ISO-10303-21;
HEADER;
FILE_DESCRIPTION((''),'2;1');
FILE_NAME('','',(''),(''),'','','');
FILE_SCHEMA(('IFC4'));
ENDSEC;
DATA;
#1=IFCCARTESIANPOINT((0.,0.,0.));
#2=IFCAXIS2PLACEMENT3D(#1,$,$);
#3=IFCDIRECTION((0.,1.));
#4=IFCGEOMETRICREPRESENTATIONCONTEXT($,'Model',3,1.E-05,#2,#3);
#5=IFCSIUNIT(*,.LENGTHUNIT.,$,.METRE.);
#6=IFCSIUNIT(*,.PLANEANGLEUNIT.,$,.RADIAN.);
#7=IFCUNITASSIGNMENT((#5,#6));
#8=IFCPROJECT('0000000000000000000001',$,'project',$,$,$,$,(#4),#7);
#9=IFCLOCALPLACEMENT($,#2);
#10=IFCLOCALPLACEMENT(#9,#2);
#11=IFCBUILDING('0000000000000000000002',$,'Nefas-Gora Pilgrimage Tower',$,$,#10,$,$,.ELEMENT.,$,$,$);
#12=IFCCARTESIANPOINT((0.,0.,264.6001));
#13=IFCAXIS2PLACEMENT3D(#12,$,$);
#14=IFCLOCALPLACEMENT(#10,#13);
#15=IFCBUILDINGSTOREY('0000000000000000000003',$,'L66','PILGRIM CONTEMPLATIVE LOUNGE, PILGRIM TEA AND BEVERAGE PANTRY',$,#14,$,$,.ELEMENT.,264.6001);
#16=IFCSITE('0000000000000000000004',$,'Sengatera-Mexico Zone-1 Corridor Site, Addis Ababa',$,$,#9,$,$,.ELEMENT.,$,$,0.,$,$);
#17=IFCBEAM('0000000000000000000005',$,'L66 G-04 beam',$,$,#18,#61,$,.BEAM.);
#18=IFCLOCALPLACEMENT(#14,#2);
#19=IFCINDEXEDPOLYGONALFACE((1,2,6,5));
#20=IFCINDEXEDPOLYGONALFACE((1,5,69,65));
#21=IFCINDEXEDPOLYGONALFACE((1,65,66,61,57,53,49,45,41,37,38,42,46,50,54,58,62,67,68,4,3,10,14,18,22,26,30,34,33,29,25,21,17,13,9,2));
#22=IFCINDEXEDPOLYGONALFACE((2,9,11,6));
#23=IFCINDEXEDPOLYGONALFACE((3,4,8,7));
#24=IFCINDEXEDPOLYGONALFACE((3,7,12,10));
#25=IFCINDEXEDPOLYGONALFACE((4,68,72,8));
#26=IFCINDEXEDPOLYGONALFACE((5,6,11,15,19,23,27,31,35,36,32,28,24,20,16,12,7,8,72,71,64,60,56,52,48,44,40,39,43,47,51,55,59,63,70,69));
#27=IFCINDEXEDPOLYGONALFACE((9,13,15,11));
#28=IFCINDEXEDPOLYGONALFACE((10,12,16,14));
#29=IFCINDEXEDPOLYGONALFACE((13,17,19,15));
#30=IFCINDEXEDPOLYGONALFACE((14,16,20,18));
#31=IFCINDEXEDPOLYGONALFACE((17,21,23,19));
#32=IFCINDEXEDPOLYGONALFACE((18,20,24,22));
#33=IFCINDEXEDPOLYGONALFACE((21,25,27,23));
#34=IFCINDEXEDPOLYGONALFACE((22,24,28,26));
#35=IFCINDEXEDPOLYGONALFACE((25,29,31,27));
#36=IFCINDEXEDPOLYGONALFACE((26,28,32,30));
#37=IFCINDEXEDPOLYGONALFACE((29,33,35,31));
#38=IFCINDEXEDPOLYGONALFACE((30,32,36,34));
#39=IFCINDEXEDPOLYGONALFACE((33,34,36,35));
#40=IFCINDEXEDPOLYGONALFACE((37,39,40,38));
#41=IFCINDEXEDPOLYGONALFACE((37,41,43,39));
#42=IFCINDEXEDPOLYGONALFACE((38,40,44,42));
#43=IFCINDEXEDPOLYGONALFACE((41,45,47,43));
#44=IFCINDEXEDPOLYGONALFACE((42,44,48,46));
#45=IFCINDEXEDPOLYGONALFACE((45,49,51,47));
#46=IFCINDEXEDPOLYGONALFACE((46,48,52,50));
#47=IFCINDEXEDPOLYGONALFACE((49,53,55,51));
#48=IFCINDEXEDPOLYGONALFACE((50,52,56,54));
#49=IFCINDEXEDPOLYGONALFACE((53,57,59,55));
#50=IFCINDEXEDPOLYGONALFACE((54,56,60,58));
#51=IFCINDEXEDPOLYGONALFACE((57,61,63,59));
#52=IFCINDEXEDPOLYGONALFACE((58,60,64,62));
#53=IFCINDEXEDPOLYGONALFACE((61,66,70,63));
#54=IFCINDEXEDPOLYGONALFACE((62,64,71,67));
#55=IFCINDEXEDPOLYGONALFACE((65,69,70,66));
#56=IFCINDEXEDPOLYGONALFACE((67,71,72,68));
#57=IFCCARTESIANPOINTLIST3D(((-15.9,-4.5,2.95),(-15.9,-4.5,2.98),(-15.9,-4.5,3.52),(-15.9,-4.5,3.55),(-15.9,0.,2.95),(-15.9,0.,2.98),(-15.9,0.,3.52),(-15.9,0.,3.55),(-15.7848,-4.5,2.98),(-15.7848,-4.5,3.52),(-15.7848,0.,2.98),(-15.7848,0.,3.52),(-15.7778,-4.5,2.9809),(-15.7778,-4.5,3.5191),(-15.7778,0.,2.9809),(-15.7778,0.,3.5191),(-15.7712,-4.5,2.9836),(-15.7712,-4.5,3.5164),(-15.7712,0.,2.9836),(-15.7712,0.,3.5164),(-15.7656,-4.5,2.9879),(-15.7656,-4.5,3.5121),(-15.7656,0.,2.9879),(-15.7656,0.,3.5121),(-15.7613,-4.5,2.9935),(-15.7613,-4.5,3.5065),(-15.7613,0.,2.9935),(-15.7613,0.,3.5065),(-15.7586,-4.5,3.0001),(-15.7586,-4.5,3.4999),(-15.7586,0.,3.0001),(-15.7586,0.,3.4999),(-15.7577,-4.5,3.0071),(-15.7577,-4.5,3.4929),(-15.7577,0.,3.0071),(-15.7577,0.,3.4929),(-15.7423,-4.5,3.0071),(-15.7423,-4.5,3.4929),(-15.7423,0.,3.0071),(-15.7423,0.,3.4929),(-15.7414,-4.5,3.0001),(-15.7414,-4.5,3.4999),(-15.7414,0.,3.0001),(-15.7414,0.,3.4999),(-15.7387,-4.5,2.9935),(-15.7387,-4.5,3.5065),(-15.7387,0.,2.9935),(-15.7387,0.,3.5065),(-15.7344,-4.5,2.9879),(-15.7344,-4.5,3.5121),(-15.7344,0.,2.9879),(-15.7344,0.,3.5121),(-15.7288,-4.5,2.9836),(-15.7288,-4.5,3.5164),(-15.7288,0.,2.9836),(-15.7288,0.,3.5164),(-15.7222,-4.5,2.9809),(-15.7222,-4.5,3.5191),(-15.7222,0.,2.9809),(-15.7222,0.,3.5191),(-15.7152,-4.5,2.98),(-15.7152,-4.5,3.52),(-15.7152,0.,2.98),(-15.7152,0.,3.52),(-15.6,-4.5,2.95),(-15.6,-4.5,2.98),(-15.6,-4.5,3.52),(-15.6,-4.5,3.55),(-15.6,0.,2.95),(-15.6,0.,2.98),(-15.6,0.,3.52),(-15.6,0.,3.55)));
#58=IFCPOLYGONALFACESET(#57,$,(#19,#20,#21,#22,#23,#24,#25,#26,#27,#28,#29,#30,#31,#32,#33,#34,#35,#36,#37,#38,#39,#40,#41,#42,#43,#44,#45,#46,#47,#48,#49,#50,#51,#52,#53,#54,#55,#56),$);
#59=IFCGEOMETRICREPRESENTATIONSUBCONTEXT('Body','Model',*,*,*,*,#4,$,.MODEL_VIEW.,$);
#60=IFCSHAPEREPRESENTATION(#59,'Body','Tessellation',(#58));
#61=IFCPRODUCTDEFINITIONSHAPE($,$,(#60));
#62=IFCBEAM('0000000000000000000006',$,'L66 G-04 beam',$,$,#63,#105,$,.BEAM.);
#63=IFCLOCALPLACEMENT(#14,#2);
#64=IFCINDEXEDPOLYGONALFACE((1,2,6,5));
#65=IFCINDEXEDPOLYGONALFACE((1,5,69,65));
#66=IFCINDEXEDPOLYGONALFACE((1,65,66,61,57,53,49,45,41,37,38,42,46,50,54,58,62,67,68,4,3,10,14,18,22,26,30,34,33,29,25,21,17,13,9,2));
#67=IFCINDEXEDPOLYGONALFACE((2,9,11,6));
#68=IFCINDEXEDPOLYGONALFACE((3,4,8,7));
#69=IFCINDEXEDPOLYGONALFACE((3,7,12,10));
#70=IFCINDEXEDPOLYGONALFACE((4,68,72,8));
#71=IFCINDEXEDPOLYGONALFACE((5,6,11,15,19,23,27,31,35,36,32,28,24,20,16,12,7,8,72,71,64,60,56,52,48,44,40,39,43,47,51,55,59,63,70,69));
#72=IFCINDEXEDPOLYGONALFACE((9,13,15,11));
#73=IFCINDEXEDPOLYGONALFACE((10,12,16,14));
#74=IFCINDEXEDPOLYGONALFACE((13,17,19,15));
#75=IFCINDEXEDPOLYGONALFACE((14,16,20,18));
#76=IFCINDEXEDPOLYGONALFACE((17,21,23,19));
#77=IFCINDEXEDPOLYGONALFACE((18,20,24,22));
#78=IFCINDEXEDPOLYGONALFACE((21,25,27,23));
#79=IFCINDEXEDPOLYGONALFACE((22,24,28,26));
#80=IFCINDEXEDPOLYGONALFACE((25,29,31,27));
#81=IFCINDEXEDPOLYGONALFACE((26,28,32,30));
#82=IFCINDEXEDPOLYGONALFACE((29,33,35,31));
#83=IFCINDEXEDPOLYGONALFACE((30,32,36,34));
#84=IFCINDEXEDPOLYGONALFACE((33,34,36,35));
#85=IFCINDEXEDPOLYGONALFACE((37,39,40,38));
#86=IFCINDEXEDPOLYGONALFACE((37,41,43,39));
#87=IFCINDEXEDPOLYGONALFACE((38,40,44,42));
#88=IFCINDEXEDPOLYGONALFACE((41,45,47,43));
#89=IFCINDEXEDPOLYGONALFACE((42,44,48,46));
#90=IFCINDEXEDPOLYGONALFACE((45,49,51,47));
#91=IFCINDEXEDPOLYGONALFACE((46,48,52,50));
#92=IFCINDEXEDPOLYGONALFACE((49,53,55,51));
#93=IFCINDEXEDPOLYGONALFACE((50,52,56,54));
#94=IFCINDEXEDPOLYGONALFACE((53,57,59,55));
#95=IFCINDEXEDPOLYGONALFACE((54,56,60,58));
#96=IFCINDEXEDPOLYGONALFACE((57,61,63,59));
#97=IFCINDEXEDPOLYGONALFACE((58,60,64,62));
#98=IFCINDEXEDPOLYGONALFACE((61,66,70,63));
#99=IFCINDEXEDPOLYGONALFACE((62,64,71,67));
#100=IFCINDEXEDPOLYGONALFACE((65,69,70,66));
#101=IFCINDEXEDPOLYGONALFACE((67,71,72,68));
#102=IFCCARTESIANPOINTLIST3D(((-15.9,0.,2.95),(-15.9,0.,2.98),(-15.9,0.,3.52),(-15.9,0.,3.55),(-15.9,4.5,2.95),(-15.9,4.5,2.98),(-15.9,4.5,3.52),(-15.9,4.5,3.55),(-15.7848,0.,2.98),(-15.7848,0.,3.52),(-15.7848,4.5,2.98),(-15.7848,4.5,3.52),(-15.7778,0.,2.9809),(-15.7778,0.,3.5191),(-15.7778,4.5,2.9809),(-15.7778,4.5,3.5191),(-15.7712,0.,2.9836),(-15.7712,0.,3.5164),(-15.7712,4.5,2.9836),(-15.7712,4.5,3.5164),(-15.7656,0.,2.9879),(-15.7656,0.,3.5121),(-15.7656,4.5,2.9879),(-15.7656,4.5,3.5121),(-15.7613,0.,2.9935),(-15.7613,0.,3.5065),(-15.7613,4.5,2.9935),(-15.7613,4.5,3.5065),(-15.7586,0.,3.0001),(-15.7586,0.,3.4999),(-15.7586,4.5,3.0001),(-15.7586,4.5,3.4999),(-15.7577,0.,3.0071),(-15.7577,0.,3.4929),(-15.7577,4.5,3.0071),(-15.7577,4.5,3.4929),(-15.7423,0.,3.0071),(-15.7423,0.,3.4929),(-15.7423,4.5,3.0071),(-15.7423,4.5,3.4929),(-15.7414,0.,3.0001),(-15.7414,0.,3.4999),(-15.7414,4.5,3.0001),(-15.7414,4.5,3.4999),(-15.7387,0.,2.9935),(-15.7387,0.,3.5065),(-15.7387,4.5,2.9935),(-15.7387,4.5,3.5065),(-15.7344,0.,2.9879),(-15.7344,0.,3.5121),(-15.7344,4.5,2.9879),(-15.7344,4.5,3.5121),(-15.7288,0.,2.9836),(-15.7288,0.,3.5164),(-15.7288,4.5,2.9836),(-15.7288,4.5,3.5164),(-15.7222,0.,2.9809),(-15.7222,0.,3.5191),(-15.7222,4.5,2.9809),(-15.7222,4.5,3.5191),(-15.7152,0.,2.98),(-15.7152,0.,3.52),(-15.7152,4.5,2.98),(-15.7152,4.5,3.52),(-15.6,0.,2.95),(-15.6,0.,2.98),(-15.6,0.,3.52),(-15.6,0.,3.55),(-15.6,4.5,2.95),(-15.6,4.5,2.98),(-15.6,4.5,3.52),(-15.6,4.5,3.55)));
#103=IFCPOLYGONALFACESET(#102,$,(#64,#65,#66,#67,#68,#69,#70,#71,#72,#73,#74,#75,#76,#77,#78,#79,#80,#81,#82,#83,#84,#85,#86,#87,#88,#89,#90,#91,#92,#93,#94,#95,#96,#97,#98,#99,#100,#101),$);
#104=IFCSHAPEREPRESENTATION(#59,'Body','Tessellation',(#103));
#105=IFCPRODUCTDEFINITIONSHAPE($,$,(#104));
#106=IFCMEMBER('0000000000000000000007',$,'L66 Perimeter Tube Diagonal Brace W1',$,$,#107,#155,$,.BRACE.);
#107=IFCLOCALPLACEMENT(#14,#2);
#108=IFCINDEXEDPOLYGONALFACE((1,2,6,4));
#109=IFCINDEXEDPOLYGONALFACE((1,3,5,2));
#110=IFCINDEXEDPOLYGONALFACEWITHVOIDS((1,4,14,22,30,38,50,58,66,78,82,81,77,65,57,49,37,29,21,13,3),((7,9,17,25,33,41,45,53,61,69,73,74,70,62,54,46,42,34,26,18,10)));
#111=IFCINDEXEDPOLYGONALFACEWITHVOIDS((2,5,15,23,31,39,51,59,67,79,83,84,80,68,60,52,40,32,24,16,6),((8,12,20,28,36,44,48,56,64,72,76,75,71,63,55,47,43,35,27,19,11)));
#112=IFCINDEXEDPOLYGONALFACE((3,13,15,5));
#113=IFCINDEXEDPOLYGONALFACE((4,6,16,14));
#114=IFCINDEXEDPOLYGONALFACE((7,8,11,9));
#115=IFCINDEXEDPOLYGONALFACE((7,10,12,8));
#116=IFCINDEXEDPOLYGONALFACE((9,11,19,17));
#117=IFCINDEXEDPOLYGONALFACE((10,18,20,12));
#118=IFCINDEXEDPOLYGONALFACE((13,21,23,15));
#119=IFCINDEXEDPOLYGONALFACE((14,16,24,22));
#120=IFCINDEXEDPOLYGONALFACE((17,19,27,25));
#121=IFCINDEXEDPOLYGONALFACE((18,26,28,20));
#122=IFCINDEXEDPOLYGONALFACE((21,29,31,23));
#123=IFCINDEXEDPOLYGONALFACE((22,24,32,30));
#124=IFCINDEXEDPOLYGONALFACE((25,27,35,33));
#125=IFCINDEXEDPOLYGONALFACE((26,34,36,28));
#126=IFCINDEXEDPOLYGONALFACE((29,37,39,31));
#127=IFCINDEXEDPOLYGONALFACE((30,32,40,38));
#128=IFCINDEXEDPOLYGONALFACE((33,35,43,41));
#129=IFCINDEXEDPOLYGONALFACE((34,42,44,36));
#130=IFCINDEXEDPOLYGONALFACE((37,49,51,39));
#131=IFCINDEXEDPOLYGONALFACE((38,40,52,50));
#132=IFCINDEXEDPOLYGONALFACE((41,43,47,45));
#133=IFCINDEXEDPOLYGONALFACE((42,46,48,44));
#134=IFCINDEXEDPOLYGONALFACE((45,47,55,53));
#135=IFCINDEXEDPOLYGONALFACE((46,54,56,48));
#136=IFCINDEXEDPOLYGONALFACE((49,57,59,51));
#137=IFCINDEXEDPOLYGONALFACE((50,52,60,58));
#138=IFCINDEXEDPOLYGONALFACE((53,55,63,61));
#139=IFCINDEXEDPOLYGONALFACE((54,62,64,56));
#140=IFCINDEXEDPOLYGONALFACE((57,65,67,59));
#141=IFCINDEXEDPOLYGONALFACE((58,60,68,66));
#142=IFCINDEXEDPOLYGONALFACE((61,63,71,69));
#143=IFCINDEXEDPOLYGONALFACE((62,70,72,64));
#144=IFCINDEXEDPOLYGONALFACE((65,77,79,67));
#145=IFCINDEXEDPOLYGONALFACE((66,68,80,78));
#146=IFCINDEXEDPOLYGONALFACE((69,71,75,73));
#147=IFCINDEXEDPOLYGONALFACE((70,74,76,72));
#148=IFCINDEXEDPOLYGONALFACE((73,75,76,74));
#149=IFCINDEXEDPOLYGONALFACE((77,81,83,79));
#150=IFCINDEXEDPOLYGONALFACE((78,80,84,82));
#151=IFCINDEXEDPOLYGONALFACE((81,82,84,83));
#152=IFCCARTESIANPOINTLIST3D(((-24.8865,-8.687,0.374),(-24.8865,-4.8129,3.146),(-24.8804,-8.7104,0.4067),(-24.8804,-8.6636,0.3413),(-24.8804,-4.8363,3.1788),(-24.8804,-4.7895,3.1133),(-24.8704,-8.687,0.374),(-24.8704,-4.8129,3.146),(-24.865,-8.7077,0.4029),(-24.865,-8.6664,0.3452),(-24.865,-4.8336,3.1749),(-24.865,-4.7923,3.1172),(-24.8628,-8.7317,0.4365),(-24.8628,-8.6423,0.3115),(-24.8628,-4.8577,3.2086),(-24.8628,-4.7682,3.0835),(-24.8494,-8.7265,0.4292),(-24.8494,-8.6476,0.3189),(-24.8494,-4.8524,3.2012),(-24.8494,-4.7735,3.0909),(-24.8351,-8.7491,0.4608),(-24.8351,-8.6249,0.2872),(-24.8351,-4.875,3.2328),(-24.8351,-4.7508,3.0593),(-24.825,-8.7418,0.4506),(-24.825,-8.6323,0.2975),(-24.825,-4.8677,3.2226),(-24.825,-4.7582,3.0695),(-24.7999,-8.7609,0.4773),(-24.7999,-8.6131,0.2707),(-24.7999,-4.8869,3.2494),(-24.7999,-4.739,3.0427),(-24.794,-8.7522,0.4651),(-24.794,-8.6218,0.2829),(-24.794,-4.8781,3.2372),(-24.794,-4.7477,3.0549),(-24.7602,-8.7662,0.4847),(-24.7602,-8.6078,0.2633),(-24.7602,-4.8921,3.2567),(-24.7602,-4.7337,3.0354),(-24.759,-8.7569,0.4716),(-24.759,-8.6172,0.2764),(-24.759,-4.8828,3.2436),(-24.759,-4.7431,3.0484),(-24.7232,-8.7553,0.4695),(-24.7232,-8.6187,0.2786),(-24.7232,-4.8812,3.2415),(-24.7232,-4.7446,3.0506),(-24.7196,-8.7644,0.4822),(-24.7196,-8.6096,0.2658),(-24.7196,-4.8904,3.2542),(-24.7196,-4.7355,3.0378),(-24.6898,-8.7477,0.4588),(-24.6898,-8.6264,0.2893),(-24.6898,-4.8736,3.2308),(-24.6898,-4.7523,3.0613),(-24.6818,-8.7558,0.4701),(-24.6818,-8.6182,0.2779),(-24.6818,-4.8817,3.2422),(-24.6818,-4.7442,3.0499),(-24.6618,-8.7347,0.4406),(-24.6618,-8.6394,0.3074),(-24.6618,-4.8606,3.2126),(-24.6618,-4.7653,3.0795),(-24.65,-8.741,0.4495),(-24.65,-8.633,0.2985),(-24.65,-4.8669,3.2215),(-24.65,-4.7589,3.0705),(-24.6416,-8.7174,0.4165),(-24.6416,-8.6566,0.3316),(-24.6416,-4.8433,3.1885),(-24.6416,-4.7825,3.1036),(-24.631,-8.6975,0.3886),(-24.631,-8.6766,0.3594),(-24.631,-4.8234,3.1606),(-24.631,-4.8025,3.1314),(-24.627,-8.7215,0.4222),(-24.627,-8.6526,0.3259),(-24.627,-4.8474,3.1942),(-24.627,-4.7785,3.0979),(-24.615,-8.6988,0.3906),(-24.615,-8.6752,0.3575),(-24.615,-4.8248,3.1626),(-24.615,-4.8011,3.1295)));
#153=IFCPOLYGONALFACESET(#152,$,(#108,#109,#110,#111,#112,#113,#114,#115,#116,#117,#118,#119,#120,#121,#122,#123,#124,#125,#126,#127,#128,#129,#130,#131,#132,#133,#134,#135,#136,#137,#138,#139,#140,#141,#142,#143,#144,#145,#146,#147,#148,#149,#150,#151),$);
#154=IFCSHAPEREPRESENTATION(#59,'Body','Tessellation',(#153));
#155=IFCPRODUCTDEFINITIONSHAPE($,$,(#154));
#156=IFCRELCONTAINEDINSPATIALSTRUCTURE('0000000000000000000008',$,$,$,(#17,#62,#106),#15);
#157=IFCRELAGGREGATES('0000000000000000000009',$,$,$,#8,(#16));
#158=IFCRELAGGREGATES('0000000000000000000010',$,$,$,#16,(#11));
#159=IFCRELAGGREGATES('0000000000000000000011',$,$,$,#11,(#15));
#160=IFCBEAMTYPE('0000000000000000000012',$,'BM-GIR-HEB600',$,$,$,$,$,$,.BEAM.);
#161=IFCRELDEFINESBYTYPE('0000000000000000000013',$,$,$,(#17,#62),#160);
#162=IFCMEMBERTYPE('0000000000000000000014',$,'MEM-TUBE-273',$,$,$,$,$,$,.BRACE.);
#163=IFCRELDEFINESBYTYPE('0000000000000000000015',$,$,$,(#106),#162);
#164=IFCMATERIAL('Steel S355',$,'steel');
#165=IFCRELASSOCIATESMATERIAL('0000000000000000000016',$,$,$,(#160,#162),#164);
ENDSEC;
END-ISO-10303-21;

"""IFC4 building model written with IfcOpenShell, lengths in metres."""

from ifc_helpers import new_model, si_unit, direction, frame, origin, origin_2d, place, context, subcontext, project, spatial, hollow_circle, i_section, extrude, source, transform, mapped, material, material_profile, profile_set, type_object, element, save


model = new_model("IFC4")

# Units and contexts
model_context = context("Model", 3, precision=1e-05, world=origin(), true_north=direction((0.0, 1.0)))
body_context = subcontext(model_context, "Body", "Model", "MODEL_VIEW")
ifc_project = project(units=[si_unit("LENGTHUNIT", "METRE"), si_unit("PLANEANGLEUNIT", "RADIAN")], contexts=[model_context])

# Site, building, storey
site_placement = place(None, origin())
site = spatial("IfcSite", under=ifc_project, at=site_placement, Name="Sengatera-Mexico Zone-1 Corridor Site, Addis Ababa", CompositionType="ELEMENT", RefElevation=0.0)
building_placement = place(site_placement, origin())
building = spatial("IfcBuilding", under=site, at=building_placement, Name="Nefas-Gora Pilgrimage Tower", CompositionType="ELEMENT")
storey_placement = place(building_placement, frame((0.0, 0.0, 264.6001)))
storey = spatial("IfcBuildingStorey", under=building, at=storey_placement, Name="L66", Description="PILGRIM CONTEMPLATIVE LOUNGE, PILGRIM TEA AND BEVERAGE PANTRY", CompositionType="ELEMENT", Elevation=264.6001)

# Shared definitions
ifc_material_1 = material(Name="Steel S355", Category="steel")

# Beams
ifc_material_profile_1 = material_profile(ifc_material_1, i_section(OverallWidth=0.3, OverallDepth=0.6001, WebThickness=0.0154, FlangeThickness=0.03, FilletRadius=0.0271, at=origin_2d()), Name="HEB 600")
ifc_profile_set_1 = profile_set([ifc_material_profile_1], Name="Steel S355")
beam_type_1 = type_object("IfcBeamType", Name="BM-GIR-HEB600", PredefinedType="BEAM", material=ifc_profile_set_1)
shared_shape_1 = source(origin(), body_context, "Body", "SweptSolid", [
    extrude(i_section(OverallWidth=0.3, OverallDepth=0.6001, WebThickness=0.0154, FlangeThickness=0.03, FilletRadius=0.0271, at=origin_2d()), origin(), (0.0, 0.0, 1.0), 4.5),
])
for number, where, z_axis, x_axis, name in (
    (1, (-15.75, -4.5, 3.25), (0.0, 1.0, 0.0), (-1.0, 0.0, 0.0), "L66 G-04 beam"),
    (2, (-15.75, 0.0, 3.25), (0.0, 1.0, 0.0), (-1.0, 0.0, 0.0), "L66 G-04 beam"),
):
    element("IfcBeam", number, at=place(storey_placement, frame(where, z_axis=z_axis, x_axis=x_axis)), inside=storey, type_object=beam_type_1, Name=name, PredefinedType="BEAM", context=body_context, shape_type="MappedRepresentation", body=[
        mapped(shared_shape_1, transform((0.0, 0.0, 0.0), x_axis=(1.0, 0.0, 0.0), y_axis=(0.0, 1.0, 0.0), z_axis=(0.0, 0.0, 1.0), scale=1.0)),
    ])

# Member
ifc_material_profile_2 = material_profile(ifc_material_1, hollow_circle(Radius=0.1365, WallThickness=0.0161, at=origin_2d()), Name="CHS 273x16")
ifc_profile_set_2 = profile_set([ifc_material_profile_2], Name="Steel S355")
member_type_1 = type_object("IfcMemberType", Name="MEM-TUBE-273", PredefinedType="BRACE", material=ifc_profile_set_2)
shared_shape_2 = source(origin(), body_context, "Body", "SweptSolid", [
    extrude(hollow_circle(Radius=0.1365, WallThickness=0.0161, at=origin_2d()), origin(), (0.0, 0.0, 1.0), 4.7637),
])
member_1_placement = place(storey_placement, frame((-24.75, -8.687, 0.374), z_axis=(0.0, 0.813255, 0.581907), x_axis=(-1.0, 0.0, 0.0)))
element("IfcMember", 3, at=member_1_placement, inside=storey, type_object=member_type_1, Name="L66 Perimeter Tube Diagonal Brace W1", PredefinedType="BRACE", context=body_context, shape_type="MappedRepresentation", body=[
    mapped(shared_shape_2, transform((0.0, 0.0, 0.0), x_axis=(1.0, 0.0, 0.0), y_axis=(0.0, 1.0, 0.0), z_axis=(0.0, 0.0, 1.0), scale=1.0)),
])

save(model, "model.ifc")
